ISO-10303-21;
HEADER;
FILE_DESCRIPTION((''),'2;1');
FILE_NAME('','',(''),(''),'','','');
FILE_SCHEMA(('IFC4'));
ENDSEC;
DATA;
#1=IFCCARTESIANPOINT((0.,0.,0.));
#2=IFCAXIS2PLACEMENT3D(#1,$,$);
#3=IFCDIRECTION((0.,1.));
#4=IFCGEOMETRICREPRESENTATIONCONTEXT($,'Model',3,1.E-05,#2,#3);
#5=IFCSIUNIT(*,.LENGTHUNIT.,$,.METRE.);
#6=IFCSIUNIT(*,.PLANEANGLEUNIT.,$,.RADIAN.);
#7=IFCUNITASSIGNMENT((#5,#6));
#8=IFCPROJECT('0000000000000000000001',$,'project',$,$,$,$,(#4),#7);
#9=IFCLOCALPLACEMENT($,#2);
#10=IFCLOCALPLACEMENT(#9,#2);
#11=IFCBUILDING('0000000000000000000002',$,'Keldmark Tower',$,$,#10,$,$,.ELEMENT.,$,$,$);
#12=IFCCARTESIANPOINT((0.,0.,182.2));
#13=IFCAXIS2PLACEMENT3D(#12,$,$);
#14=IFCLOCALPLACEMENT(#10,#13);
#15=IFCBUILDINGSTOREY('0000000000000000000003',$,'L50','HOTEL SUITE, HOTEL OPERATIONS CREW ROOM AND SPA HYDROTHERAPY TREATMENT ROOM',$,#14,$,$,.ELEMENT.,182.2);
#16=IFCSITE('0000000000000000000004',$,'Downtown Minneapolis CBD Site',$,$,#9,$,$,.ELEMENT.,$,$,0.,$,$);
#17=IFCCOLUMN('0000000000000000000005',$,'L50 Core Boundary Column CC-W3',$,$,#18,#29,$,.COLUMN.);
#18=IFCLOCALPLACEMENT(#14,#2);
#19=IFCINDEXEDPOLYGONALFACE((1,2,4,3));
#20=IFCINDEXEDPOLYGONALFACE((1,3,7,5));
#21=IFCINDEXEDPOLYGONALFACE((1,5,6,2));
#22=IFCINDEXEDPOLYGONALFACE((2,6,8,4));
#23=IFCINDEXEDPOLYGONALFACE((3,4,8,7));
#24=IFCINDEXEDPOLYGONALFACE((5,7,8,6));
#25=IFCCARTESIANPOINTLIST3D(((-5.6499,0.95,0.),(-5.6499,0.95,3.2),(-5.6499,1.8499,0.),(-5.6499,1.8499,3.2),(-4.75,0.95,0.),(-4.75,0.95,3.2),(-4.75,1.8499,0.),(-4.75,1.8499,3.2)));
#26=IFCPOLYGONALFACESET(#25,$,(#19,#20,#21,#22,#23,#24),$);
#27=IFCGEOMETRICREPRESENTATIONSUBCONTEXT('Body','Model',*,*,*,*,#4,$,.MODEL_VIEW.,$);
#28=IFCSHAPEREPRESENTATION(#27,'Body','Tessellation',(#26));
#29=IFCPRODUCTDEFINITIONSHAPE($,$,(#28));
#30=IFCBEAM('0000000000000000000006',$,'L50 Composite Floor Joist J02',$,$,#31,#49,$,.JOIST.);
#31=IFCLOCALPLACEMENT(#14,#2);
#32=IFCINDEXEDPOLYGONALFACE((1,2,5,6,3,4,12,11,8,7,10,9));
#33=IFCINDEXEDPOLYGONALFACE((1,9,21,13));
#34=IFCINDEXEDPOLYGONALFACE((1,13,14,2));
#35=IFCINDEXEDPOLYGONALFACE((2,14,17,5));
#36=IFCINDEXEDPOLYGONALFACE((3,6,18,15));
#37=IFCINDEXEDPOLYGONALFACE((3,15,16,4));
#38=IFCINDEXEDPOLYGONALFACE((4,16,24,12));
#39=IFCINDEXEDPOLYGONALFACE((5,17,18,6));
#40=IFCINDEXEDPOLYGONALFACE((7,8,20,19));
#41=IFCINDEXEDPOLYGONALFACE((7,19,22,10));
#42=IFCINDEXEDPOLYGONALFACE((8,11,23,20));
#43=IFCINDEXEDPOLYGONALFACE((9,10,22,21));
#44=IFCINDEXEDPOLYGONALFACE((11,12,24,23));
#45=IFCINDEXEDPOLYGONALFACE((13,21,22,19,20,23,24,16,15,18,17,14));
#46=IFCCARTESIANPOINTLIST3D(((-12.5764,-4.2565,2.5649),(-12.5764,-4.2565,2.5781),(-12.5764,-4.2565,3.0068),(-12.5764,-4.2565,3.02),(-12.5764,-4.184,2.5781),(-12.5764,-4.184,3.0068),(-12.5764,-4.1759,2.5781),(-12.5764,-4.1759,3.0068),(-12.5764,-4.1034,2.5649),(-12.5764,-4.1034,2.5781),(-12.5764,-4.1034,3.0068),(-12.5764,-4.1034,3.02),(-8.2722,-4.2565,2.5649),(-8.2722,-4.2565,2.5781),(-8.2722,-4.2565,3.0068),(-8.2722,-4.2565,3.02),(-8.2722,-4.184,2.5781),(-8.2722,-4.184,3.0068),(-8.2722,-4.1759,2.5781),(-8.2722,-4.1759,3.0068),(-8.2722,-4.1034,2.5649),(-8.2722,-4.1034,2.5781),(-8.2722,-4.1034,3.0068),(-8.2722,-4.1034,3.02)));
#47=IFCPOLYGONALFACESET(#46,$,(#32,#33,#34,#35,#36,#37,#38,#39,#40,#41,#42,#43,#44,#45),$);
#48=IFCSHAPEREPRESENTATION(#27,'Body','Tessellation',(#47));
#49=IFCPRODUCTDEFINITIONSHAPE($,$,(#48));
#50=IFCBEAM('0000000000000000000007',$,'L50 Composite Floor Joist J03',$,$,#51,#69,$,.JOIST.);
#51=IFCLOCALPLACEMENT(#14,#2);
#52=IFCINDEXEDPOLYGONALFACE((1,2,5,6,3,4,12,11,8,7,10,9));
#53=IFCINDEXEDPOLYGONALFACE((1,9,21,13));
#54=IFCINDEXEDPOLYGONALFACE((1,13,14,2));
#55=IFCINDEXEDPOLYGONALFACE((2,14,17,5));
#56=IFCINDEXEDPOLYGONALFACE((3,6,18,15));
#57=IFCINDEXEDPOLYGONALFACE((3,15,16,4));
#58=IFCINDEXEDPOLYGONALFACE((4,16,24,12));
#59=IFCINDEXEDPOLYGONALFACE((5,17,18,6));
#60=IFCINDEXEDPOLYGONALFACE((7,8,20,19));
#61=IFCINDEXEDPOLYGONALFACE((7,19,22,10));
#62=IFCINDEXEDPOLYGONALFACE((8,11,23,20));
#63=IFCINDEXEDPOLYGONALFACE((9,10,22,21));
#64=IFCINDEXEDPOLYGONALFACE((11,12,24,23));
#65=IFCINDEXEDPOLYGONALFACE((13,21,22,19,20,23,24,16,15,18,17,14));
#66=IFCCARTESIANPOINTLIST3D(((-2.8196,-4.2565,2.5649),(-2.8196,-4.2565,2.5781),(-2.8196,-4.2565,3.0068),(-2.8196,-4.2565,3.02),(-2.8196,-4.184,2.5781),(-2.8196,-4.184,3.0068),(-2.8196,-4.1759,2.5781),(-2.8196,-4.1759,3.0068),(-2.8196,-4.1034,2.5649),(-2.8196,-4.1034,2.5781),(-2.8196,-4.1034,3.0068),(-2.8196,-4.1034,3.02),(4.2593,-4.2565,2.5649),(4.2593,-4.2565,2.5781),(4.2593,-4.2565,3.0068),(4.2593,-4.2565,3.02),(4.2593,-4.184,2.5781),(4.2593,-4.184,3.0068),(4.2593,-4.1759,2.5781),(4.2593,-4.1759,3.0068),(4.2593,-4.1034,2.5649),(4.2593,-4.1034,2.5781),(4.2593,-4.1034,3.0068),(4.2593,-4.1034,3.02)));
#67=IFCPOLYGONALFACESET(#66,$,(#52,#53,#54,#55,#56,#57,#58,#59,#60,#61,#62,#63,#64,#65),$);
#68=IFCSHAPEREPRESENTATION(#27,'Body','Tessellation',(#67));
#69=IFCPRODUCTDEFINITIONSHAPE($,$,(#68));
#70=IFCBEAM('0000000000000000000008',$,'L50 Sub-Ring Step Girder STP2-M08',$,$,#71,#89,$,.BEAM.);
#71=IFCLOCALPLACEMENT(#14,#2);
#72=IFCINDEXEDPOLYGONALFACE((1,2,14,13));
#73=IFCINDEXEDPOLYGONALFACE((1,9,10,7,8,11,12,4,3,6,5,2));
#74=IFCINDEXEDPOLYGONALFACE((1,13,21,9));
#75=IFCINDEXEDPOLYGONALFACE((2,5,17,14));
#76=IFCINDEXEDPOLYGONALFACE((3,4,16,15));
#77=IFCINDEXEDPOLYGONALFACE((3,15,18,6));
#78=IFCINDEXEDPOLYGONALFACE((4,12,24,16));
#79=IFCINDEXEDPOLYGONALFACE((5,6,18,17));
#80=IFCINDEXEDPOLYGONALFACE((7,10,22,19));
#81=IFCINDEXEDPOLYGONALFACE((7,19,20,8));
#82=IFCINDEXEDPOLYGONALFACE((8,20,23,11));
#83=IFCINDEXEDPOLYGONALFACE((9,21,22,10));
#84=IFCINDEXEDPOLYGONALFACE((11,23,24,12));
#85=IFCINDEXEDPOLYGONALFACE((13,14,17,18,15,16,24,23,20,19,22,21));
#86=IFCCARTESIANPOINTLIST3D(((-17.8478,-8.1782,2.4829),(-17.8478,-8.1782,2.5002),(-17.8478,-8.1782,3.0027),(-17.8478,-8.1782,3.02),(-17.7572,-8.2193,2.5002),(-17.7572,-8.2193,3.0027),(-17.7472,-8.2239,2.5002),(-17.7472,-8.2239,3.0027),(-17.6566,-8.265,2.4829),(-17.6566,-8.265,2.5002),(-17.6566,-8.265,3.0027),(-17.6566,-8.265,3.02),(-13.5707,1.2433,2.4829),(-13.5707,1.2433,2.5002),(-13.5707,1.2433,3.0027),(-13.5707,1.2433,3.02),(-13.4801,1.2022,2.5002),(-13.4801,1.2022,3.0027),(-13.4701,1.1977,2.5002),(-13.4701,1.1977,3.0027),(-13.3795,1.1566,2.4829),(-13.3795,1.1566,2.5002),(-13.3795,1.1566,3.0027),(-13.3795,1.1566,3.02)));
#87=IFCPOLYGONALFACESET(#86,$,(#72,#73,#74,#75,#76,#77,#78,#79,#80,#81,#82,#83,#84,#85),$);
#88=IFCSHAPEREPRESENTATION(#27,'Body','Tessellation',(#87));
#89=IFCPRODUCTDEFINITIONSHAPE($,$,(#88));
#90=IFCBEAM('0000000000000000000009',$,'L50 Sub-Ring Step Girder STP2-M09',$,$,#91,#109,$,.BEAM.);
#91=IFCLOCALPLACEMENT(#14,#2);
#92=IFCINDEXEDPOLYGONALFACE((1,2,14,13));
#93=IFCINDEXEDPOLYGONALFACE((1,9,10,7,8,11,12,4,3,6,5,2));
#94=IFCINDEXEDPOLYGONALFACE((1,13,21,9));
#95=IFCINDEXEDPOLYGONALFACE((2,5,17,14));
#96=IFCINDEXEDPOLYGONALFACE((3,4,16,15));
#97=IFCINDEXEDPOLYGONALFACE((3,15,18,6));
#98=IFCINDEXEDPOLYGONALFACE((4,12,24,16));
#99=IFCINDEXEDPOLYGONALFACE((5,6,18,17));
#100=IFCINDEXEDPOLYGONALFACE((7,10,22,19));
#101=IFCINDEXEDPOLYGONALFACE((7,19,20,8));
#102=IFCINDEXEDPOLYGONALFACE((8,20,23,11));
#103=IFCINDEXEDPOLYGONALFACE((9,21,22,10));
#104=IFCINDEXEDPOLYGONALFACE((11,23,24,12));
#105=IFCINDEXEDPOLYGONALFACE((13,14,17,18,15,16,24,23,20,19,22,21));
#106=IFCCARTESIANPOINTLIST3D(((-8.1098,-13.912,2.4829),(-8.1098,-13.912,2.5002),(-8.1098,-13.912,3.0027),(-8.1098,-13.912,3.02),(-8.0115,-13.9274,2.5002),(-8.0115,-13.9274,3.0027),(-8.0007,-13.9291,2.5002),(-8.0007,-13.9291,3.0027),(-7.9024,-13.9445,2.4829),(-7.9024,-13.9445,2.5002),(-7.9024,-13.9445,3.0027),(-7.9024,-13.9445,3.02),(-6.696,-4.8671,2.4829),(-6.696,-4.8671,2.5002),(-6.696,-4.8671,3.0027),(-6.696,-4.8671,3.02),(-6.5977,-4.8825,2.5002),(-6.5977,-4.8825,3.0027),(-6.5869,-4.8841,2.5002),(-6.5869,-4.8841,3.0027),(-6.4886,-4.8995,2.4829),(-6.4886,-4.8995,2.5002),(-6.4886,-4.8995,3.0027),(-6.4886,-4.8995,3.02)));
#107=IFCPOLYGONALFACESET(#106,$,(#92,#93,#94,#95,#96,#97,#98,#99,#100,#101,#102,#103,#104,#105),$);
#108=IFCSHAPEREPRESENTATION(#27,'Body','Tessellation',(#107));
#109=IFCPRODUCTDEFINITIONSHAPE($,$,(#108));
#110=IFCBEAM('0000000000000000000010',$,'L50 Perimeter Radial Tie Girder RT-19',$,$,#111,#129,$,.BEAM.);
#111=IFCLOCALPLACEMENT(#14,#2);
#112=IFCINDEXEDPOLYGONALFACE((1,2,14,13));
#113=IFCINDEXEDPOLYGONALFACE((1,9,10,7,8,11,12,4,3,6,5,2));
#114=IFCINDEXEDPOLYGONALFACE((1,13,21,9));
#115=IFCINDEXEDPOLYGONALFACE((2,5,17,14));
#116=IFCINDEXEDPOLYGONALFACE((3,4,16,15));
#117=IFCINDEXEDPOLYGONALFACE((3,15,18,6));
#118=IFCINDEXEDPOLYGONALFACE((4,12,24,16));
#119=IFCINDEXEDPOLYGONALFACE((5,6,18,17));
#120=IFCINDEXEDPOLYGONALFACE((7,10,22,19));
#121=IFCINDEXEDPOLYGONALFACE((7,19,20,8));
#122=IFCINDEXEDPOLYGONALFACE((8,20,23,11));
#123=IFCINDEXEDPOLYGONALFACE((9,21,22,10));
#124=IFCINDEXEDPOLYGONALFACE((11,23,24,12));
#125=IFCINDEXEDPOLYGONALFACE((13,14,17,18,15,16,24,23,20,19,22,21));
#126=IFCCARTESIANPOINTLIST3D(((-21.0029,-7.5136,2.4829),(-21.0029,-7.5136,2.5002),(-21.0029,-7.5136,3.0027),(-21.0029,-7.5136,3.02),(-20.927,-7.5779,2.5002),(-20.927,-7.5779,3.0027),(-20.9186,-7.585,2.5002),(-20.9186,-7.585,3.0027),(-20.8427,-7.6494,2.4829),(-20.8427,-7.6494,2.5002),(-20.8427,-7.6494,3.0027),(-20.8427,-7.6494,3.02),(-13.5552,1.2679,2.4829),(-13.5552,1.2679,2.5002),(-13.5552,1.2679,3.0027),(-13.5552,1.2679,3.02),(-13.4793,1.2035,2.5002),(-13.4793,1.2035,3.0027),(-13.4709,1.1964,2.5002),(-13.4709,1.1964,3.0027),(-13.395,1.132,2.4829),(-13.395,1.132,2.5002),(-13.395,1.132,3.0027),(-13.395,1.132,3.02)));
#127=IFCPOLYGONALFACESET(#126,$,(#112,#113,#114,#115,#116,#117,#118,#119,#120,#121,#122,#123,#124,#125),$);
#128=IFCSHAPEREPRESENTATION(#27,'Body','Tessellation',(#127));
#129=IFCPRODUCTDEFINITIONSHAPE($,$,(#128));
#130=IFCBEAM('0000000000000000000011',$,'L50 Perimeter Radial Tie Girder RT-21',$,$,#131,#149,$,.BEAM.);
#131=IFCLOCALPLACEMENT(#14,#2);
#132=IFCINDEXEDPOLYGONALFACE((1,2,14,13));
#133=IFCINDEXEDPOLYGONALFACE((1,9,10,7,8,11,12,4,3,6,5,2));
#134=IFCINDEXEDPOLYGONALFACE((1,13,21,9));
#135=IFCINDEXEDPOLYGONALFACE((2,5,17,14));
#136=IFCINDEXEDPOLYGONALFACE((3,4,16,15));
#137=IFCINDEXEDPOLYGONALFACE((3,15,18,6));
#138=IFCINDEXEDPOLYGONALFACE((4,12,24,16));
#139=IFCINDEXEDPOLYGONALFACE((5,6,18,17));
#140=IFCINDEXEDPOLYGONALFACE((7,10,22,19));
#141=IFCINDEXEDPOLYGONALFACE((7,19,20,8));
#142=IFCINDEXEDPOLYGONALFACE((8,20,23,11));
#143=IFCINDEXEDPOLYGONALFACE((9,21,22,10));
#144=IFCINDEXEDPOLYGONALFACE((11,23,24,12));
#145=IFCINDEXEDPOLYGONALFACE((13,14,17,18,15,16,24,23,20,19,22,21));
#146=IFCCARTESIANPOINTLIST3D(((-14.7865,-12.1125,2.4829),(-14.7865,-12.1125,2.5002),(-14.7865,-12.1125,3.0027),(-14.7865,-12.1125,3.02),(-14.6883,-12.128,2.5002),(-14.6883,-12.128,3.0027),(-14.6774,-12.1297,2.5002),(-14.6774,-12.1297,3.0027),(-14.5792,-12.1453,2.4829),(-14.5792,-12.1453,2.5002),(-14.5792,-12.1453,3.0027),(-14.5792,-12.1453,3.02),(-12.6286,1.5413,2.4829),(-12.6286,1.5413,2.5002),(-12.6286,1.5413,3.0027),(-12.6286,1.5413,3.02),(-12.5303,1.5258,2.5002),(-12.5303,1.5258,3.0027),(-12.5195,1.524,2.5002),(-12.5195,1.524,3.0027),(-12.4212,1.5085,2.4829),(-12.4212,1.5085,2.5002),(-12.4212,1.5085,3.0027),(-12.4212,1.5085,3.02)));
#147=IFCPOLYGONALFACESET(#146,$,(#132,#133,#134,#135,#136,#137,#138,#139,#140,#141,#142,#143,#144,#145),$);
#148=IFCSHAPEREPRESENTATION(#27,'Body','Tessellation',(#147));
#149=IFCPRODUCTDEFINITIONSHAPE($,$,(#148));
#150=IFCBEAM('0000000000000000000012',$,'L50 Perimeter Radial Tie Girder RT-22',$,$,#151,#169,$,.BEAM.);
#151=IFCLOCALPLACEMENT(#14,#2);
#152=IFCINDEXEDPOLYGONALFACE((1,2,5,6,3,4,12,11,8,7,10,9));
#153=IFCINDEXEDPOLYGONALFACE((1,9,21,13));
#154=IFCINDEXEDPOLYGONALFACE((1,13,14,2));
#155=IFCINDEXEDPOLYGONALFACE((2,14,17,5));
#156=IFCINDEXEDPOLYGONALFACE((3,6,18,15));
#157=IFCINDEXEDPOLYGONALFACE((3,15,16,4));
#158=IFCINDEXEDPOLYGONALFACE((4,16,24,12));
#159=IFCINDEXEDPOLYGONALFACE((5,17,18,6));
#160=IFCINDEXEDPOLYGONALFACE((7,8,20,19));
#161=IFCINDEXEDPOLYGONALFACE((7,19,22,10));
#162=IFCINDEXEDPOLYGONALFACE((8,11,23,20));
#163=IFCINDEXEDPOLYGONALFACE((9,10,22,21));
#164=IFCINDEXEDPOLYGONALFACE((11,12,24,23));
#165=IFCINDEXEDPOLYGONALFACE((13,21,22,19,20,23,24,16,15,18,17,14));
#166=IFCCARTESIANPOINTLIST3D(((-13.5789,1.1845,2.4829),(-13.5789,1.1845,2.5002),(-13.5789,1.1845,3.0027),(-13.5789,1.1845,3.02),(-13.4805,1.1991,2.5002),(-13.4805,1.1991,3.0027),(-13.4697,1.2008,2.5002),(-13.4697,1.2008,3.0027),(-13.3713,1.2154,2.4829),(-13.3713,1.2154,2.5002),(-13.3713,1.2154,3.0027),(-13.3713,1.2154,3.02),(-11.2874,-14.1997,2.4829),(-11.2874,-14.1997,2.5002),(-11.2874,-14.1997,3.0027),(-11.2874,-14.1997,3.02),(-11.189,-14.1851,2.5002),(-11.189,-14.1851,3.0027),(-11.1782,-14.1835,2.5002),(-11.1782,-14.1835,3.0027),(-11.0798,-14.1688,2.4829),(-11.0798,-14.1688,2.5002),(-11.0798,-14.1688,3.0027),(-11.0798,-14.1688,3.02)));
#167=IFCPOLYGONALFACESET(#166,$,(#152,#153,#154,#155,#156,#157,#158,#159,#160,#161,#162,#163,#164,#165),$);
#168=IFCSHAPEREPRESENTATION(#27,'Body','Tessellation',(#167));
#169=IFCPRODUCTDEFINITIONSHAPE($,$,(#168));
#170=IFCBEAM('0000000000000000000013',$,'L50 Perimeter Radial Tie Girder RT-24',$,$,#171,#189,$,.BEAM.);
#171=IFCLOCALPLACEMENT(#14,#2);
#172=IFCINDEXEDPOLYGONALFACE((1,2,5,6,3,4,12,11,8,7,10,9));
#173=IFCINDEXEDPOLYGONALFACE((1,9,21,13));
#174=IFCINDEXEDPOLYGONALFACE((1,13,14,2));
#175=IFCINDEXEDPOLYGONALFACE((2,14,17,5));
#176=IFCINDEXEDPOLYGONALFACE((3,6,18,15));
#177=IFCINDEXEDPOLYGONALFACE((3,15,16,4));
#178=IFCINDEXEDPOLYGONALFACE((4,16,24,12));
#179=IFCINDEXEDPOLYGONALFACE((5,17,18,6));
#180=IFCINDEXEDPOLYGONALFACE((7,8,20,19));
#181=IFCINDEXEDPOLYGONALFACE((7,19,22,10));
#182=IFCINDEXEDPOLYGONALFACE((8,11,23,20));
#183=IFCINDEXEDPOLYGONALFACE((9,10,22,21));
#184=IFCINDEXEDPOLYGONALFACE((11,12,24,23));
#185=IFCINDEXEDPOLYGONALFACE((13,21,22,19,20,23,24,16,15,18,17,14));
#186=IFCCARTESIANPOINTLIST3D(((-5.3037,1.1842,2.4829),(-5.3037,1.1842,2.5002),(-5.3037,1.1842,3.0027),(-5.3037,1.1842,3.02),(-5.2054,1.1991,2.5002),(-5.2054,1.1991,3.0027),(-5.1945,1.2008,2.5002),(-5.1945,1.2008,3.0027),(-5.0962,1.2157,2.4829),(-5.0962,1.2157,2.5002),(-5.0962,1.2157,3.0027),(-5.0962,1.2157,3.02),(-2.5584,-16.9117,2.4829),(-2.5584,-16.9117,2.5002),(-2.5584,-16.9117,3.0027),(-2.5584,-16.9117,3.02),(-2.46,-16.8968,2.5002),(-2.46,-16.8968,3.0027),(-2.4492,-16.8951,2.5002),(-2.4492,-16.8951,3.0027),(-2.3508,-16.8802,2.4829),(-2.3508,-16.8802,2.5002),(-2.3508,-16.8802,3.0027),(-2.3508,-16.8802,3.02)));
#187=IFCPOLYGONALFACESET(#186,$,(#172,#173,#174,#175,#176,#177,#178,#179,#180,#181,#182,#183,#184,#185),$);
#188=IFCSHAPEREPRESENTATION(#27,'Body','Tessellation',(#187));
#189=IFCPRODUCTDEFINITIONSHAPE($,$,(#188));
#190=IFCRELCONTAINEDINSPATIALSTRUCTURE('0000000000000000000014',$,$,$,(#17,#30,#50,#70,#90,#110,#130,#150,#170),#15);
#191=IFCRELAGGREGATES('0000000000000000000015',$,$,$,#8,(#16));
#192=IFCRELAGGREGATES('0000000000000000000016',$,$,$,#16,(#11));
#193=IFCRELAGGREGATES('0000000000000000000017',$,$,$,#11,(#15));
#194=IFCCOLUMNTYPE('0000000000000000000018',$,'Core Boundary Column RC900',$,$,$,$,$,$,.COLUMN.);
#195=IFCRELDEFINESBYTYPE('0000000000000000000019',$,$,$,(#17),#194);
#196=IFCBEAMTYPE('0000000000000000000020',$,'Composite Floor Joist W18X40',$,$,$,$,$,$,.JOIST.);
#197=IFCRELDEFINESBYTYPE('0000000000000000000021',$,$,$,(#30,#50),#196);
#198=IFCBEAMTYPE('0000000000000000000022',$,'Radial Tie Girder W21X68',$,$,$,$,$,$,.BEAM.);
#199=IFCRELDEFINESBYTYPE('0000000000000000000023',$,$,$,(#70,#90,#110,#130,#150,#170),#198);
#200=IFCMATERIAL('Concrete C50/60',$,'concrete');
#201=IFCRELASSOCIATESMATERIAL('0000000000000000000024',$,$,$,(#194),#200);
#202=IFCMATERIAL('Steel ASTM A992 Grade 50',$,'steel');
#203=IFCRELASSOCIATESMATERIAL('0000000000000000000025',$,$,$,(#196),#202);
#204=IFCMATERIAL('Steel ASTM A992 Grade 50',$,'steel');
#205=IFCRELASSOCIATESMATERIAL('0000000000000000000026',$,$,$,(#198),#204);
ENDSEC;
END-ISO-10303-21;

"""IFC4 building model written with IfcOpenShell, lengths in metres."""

from ifc_helpers import new_model, si_unit, direction, frame, origin, origin_2d, place, context, subcontext, project, spatial, rectangle, i_section, extrude, material, material_profile, profile_set, type_object, element, save


model = new_model("IFC4")

# Units and contexts
model_context = context("Model", 3, precision=1e-05, world=origin(), true_north=direction((0.0, 1.0)))
body_context = subcontext(model_context, "Body", "Model", "MODEL_VIEW")
ifc_project = project(units=[si_unit("LENGTHUNIT", "METRE"), si_unit("PLANEANGLEUNIT", "RADIAN")], contexts=[model_context])

# Site, building, storey
site_placement = place(None, origin())
site = spatial("IfcSite", under=ifc_project, at=site_placement, Name="Downtown Minneapolis CBD Site", CompositionType="ELEMENT", RefElevation=0.0)
building_placement = place(site_placement, origin())
building = spatial("IfcBuilding", under=site, at=building_placement, Name="Keldmark Tower", CompositionType="ELEMENT")
storey_placement = place(building_placement, frame((0.0, 0.0, 182.2)))
storey = spatial("IfcBuildingStorey", under=building, at=storey_placement, Name="L50", Description="HOTEL SUITE, HOTEL OPERATIONS CREW ROOM AND SPA HYDROTHERAPY TREATMENT ROOM", CompositionType="ELEMENT", Elevation=182.2)

# Column
ifc_material_1 = material(Name="Concrete C50/60", Category="concrete")
ifc_material_profile_1 = material_profile(ifc_material_1, rectangle(XDim=0.8999, YDim=0.8999, at=origin_2d()), Name="RC900X900")
ifc_profile_set_1 = profile_set([ifc_material_profile_1], Name="Concrete C50/60")
column_type = type_object("IfcColumnType", Name="Core Boundary Column RC900", PredefinedType="COLUMN", material=ifc_profile_set_1)
column_placement = place(storey_placement, frame((-5.2, 1.3999, 0.0), z_axis=(0.0, 0.0, 1.0), x_axis=(1.0, 0.0, 0.0)))
element("IfcColumn", 1, at=column_placement, inside=storey, type_object=column_type, Name="L50 Core Boundary Column CC-W3", PredefinedType="COLUMN", context=body_context, shape_type="SweptSolid", body=[
    extrude(rectangle(XDim=0.8999, YDim=0.8999, at=origin_2d()), origin(), (0.0, 0.0, 1.0), 3.2),
])

# Beams
ifc_material_2 = material(Name="Steel ASTM A992 Grade 50", Category="steel")
ifc_material_profile_2 = material_profile(ifc_material_2, i_section(OverallWidth=0.1531, OverallDepth=0.4551, WebThickness=0.0081, FlangeThickness=0.0132, at=origin_2d()), Name="W18X40")
ifc_profile_set_2 = profile_set([ifc_material_profile_2], Name="Steel ASTM A992 Grade 50")
beam_type_1 = type_object("IfcBeamType", Name="Composite Floor Joist W18X40", PredefinedType="JOIST", material=ifc_profile_set_2)
beam_1_placement = place(storey_placement, frame((-12.5764, -4.1799, 2.7925), z_axis=(1.0, 0.0, 0.0), x_axis=(0.0, 1.0, 0.0)))
element("IfcBeam", 2, at=beam_1_placement, inside=storey, type_object=beam_type_1, Name="L50 Composite Floor Joist J02", PredefinedType="JOIST", context=body_context, shape_type="SweptSolid", body=[
    extrude(i_section(OverallWidth=0.1531, OverallDepth=0.4551, WebThickness=0.0081, FlangeThickness=0.0132, at=origin_2d()), origin(), (0.0, 0.0, 1.0), 4.3042),
])
beam_2_placement = place(storey_placement, frame((-2.8196, -4.1799, 2.7925), z_axis=(1.0, 0.0, 0.0), x_axis=(0.0, 1.0, 0.0)))
element("IfcBeam", 3, at=beam_2_placement, inside=storey, type_object=beam_type_1, Name="L50 Composite Floor Joist J03", PredefinedType="JOIST", context=body_context, shape_type="SweptSolid", body=[
    extrude(i_section(OverallWidth=0.1531, OverallDepth=0.4551, WebThickness=0.0081, FlangeThickness=0.0132, at=origin_2d()), origin(), (0.0, 0.0, 1.0), 7.0789),
])
ifc_material_3 = material(Name="Steel ASTM A992 Grade 50", Category="steel")
ifc_material_profile_3 = material_profile(ifc_material_3, i_section(OverallWidth=0.21, OverallDepth=0.5371, WebThickness=0.011, FlangeThickness=0.0173, at=origin_2d()), Name="W21X68")
ifc_profile_set_3 = profile_set([ifc_material_profile_3], Name="Steel ASTM A992 Grade 50")
beam_type_2 = type_object("IfcBeamType", Name="Radial Tie Girder W21X68", PredefinedType="BEAM", material=ifc_profile_set_3)
beam_3_placement = place(storey_placement, frame((-13.4751, 1.2, 2.7515), z_axis=(-0.413366, -0.910565, 0.0), x_axis=(0.910565, -0.413366, 0.0)))
element("IfcBeam", 4, at=beam_3_placement, inside=storey, type_object=beam_type_2, Name="L50 Sub-Ring Step Girder STP2-M08", PredefinedType="BEAM", context=body_context, shape_type="SweptSolid", body=[
    extrude(i_section(OverallWidth=0.21, OverallDepth=0.5371, WebThickness=0.011, FlangeThickness=0.0173, at=origin_2d()), origin(), (0.0, 0.0, 1.0), 10.3469),
])
beam_4_placement = place(storey_placement, frame((-6.5923, -4.8833, 2.7515), z_axis=(-0.154435, -0.988003, 0.0), x_axis=(0.988003, -0.154435, 0.0)))
element("IfcBeam", 5, at=beam_4_placement, inside=storey, type_object=beam_type_2, Name="L50 Sub-Ring Step Girder STP2-M09", PredefinedType="BEAM", context=body_context, shape_type="SweptSolid", body=[
    extrude(i_section(OverallWidth=0.21, OverallDepth=0.5371, WebThickness=0.011, FlangeThickness=0.0173, at=origin_2d()), origin(), (0.0, 0.0, 1.0), 9.1548),
])
beam_5_placement = place(storey_placement, frame((-13.4751, 1.2, 2.7515), z_axis=(-0.646815, -0.762647, 0.0), x_axis=(0.762647, -0.646815, 0.0)))
element("IfcBeam", 6, at=beam_5_placement, inside=storey, type_object=beam_type_2, Name="L50 Perimeter Radial Tie Girder RT-19", PredefinedType="BEAM", context=body_context, shape_type="SweptSolid", body=[
    extrude(i_section(OverallWidth=0.21, OverallDepth=0.5371, WebThickness=0.011, FlangeThickness=0.0173, at=origin_2d()), origin(), (0.0, 0.0, 1.0), 11.5144),
])
beam_6_placement = place(storey_placement, frame((-12.5249, 1.5249, 2.7515), z_axis=(-0.15611, -0.98774, 0.0), x_axis=(0.98774, -0.15611, 0.0)))
element("IfcBeam", 7, at=beam_6_placement, inside=storey, type_object=beam_type_2, Name="L50 Perimeter Radial Tie Girder RT-21", PredefinedType="BEAM", context=body_context, shape_type="SweptSolid", body=[
    extrude(i_section(OverallWidth=0.21, OverallDepth=0.5371, WebThickness=0.011, FlangeThickness=0.0173, at=origin_2d()), origin(), (0.0, 0.0, 1.0), 13.8232),
])
beam_7_placement = place(storey_placement, frame((-13.4751, 1.2, 2.7515), z_axis=(0.147326, -0.989088, 0.0), x_axis=(0.989088, 0.147326, 0.0)))
element("IfcBeam", 8, at=beam_7_placement, inside=storey, type_object=beam_type_2, Name="L50 Perimeter Radial Tie Girder RT-22", PredefinedType="BEAM", context=body_context, shape_type="SweptSolid", body=[
    extrude(i_section(OverallWidth=0.21, OverallDepth=0.5371, WebThickness=0.011, FlangeThickness=0.0173, at=origin_2d()), origin(), (0.0, 0.0, 1.0), 15.554),
])
beam_8_placement = place(storey_placement, frame((-5.2, 1.2, 2.7515), z_axis=(0.149995, -0.988687, 0.0), x_axis=(0.988687, 0.149995, 0.0)))
element("IfcBeam", 9, at=beam_8_placement, inside=storey, type_object=beam_type_2, Name="L50 Perimeter Radial Tie Girder RT-24", PredefinedType="BEAM", context=body_context, shape_type="SweptSolid", body=[
    extrude(i_section(OverallWidth=0.21, OverallDepth=0.5371, WebThickness=0.011, FlangeThickness=0.0173, at=origin_2d()), origin(), (0.0, 0.0, 1.0), 18.303),
])

save(model, "model.ifc")
